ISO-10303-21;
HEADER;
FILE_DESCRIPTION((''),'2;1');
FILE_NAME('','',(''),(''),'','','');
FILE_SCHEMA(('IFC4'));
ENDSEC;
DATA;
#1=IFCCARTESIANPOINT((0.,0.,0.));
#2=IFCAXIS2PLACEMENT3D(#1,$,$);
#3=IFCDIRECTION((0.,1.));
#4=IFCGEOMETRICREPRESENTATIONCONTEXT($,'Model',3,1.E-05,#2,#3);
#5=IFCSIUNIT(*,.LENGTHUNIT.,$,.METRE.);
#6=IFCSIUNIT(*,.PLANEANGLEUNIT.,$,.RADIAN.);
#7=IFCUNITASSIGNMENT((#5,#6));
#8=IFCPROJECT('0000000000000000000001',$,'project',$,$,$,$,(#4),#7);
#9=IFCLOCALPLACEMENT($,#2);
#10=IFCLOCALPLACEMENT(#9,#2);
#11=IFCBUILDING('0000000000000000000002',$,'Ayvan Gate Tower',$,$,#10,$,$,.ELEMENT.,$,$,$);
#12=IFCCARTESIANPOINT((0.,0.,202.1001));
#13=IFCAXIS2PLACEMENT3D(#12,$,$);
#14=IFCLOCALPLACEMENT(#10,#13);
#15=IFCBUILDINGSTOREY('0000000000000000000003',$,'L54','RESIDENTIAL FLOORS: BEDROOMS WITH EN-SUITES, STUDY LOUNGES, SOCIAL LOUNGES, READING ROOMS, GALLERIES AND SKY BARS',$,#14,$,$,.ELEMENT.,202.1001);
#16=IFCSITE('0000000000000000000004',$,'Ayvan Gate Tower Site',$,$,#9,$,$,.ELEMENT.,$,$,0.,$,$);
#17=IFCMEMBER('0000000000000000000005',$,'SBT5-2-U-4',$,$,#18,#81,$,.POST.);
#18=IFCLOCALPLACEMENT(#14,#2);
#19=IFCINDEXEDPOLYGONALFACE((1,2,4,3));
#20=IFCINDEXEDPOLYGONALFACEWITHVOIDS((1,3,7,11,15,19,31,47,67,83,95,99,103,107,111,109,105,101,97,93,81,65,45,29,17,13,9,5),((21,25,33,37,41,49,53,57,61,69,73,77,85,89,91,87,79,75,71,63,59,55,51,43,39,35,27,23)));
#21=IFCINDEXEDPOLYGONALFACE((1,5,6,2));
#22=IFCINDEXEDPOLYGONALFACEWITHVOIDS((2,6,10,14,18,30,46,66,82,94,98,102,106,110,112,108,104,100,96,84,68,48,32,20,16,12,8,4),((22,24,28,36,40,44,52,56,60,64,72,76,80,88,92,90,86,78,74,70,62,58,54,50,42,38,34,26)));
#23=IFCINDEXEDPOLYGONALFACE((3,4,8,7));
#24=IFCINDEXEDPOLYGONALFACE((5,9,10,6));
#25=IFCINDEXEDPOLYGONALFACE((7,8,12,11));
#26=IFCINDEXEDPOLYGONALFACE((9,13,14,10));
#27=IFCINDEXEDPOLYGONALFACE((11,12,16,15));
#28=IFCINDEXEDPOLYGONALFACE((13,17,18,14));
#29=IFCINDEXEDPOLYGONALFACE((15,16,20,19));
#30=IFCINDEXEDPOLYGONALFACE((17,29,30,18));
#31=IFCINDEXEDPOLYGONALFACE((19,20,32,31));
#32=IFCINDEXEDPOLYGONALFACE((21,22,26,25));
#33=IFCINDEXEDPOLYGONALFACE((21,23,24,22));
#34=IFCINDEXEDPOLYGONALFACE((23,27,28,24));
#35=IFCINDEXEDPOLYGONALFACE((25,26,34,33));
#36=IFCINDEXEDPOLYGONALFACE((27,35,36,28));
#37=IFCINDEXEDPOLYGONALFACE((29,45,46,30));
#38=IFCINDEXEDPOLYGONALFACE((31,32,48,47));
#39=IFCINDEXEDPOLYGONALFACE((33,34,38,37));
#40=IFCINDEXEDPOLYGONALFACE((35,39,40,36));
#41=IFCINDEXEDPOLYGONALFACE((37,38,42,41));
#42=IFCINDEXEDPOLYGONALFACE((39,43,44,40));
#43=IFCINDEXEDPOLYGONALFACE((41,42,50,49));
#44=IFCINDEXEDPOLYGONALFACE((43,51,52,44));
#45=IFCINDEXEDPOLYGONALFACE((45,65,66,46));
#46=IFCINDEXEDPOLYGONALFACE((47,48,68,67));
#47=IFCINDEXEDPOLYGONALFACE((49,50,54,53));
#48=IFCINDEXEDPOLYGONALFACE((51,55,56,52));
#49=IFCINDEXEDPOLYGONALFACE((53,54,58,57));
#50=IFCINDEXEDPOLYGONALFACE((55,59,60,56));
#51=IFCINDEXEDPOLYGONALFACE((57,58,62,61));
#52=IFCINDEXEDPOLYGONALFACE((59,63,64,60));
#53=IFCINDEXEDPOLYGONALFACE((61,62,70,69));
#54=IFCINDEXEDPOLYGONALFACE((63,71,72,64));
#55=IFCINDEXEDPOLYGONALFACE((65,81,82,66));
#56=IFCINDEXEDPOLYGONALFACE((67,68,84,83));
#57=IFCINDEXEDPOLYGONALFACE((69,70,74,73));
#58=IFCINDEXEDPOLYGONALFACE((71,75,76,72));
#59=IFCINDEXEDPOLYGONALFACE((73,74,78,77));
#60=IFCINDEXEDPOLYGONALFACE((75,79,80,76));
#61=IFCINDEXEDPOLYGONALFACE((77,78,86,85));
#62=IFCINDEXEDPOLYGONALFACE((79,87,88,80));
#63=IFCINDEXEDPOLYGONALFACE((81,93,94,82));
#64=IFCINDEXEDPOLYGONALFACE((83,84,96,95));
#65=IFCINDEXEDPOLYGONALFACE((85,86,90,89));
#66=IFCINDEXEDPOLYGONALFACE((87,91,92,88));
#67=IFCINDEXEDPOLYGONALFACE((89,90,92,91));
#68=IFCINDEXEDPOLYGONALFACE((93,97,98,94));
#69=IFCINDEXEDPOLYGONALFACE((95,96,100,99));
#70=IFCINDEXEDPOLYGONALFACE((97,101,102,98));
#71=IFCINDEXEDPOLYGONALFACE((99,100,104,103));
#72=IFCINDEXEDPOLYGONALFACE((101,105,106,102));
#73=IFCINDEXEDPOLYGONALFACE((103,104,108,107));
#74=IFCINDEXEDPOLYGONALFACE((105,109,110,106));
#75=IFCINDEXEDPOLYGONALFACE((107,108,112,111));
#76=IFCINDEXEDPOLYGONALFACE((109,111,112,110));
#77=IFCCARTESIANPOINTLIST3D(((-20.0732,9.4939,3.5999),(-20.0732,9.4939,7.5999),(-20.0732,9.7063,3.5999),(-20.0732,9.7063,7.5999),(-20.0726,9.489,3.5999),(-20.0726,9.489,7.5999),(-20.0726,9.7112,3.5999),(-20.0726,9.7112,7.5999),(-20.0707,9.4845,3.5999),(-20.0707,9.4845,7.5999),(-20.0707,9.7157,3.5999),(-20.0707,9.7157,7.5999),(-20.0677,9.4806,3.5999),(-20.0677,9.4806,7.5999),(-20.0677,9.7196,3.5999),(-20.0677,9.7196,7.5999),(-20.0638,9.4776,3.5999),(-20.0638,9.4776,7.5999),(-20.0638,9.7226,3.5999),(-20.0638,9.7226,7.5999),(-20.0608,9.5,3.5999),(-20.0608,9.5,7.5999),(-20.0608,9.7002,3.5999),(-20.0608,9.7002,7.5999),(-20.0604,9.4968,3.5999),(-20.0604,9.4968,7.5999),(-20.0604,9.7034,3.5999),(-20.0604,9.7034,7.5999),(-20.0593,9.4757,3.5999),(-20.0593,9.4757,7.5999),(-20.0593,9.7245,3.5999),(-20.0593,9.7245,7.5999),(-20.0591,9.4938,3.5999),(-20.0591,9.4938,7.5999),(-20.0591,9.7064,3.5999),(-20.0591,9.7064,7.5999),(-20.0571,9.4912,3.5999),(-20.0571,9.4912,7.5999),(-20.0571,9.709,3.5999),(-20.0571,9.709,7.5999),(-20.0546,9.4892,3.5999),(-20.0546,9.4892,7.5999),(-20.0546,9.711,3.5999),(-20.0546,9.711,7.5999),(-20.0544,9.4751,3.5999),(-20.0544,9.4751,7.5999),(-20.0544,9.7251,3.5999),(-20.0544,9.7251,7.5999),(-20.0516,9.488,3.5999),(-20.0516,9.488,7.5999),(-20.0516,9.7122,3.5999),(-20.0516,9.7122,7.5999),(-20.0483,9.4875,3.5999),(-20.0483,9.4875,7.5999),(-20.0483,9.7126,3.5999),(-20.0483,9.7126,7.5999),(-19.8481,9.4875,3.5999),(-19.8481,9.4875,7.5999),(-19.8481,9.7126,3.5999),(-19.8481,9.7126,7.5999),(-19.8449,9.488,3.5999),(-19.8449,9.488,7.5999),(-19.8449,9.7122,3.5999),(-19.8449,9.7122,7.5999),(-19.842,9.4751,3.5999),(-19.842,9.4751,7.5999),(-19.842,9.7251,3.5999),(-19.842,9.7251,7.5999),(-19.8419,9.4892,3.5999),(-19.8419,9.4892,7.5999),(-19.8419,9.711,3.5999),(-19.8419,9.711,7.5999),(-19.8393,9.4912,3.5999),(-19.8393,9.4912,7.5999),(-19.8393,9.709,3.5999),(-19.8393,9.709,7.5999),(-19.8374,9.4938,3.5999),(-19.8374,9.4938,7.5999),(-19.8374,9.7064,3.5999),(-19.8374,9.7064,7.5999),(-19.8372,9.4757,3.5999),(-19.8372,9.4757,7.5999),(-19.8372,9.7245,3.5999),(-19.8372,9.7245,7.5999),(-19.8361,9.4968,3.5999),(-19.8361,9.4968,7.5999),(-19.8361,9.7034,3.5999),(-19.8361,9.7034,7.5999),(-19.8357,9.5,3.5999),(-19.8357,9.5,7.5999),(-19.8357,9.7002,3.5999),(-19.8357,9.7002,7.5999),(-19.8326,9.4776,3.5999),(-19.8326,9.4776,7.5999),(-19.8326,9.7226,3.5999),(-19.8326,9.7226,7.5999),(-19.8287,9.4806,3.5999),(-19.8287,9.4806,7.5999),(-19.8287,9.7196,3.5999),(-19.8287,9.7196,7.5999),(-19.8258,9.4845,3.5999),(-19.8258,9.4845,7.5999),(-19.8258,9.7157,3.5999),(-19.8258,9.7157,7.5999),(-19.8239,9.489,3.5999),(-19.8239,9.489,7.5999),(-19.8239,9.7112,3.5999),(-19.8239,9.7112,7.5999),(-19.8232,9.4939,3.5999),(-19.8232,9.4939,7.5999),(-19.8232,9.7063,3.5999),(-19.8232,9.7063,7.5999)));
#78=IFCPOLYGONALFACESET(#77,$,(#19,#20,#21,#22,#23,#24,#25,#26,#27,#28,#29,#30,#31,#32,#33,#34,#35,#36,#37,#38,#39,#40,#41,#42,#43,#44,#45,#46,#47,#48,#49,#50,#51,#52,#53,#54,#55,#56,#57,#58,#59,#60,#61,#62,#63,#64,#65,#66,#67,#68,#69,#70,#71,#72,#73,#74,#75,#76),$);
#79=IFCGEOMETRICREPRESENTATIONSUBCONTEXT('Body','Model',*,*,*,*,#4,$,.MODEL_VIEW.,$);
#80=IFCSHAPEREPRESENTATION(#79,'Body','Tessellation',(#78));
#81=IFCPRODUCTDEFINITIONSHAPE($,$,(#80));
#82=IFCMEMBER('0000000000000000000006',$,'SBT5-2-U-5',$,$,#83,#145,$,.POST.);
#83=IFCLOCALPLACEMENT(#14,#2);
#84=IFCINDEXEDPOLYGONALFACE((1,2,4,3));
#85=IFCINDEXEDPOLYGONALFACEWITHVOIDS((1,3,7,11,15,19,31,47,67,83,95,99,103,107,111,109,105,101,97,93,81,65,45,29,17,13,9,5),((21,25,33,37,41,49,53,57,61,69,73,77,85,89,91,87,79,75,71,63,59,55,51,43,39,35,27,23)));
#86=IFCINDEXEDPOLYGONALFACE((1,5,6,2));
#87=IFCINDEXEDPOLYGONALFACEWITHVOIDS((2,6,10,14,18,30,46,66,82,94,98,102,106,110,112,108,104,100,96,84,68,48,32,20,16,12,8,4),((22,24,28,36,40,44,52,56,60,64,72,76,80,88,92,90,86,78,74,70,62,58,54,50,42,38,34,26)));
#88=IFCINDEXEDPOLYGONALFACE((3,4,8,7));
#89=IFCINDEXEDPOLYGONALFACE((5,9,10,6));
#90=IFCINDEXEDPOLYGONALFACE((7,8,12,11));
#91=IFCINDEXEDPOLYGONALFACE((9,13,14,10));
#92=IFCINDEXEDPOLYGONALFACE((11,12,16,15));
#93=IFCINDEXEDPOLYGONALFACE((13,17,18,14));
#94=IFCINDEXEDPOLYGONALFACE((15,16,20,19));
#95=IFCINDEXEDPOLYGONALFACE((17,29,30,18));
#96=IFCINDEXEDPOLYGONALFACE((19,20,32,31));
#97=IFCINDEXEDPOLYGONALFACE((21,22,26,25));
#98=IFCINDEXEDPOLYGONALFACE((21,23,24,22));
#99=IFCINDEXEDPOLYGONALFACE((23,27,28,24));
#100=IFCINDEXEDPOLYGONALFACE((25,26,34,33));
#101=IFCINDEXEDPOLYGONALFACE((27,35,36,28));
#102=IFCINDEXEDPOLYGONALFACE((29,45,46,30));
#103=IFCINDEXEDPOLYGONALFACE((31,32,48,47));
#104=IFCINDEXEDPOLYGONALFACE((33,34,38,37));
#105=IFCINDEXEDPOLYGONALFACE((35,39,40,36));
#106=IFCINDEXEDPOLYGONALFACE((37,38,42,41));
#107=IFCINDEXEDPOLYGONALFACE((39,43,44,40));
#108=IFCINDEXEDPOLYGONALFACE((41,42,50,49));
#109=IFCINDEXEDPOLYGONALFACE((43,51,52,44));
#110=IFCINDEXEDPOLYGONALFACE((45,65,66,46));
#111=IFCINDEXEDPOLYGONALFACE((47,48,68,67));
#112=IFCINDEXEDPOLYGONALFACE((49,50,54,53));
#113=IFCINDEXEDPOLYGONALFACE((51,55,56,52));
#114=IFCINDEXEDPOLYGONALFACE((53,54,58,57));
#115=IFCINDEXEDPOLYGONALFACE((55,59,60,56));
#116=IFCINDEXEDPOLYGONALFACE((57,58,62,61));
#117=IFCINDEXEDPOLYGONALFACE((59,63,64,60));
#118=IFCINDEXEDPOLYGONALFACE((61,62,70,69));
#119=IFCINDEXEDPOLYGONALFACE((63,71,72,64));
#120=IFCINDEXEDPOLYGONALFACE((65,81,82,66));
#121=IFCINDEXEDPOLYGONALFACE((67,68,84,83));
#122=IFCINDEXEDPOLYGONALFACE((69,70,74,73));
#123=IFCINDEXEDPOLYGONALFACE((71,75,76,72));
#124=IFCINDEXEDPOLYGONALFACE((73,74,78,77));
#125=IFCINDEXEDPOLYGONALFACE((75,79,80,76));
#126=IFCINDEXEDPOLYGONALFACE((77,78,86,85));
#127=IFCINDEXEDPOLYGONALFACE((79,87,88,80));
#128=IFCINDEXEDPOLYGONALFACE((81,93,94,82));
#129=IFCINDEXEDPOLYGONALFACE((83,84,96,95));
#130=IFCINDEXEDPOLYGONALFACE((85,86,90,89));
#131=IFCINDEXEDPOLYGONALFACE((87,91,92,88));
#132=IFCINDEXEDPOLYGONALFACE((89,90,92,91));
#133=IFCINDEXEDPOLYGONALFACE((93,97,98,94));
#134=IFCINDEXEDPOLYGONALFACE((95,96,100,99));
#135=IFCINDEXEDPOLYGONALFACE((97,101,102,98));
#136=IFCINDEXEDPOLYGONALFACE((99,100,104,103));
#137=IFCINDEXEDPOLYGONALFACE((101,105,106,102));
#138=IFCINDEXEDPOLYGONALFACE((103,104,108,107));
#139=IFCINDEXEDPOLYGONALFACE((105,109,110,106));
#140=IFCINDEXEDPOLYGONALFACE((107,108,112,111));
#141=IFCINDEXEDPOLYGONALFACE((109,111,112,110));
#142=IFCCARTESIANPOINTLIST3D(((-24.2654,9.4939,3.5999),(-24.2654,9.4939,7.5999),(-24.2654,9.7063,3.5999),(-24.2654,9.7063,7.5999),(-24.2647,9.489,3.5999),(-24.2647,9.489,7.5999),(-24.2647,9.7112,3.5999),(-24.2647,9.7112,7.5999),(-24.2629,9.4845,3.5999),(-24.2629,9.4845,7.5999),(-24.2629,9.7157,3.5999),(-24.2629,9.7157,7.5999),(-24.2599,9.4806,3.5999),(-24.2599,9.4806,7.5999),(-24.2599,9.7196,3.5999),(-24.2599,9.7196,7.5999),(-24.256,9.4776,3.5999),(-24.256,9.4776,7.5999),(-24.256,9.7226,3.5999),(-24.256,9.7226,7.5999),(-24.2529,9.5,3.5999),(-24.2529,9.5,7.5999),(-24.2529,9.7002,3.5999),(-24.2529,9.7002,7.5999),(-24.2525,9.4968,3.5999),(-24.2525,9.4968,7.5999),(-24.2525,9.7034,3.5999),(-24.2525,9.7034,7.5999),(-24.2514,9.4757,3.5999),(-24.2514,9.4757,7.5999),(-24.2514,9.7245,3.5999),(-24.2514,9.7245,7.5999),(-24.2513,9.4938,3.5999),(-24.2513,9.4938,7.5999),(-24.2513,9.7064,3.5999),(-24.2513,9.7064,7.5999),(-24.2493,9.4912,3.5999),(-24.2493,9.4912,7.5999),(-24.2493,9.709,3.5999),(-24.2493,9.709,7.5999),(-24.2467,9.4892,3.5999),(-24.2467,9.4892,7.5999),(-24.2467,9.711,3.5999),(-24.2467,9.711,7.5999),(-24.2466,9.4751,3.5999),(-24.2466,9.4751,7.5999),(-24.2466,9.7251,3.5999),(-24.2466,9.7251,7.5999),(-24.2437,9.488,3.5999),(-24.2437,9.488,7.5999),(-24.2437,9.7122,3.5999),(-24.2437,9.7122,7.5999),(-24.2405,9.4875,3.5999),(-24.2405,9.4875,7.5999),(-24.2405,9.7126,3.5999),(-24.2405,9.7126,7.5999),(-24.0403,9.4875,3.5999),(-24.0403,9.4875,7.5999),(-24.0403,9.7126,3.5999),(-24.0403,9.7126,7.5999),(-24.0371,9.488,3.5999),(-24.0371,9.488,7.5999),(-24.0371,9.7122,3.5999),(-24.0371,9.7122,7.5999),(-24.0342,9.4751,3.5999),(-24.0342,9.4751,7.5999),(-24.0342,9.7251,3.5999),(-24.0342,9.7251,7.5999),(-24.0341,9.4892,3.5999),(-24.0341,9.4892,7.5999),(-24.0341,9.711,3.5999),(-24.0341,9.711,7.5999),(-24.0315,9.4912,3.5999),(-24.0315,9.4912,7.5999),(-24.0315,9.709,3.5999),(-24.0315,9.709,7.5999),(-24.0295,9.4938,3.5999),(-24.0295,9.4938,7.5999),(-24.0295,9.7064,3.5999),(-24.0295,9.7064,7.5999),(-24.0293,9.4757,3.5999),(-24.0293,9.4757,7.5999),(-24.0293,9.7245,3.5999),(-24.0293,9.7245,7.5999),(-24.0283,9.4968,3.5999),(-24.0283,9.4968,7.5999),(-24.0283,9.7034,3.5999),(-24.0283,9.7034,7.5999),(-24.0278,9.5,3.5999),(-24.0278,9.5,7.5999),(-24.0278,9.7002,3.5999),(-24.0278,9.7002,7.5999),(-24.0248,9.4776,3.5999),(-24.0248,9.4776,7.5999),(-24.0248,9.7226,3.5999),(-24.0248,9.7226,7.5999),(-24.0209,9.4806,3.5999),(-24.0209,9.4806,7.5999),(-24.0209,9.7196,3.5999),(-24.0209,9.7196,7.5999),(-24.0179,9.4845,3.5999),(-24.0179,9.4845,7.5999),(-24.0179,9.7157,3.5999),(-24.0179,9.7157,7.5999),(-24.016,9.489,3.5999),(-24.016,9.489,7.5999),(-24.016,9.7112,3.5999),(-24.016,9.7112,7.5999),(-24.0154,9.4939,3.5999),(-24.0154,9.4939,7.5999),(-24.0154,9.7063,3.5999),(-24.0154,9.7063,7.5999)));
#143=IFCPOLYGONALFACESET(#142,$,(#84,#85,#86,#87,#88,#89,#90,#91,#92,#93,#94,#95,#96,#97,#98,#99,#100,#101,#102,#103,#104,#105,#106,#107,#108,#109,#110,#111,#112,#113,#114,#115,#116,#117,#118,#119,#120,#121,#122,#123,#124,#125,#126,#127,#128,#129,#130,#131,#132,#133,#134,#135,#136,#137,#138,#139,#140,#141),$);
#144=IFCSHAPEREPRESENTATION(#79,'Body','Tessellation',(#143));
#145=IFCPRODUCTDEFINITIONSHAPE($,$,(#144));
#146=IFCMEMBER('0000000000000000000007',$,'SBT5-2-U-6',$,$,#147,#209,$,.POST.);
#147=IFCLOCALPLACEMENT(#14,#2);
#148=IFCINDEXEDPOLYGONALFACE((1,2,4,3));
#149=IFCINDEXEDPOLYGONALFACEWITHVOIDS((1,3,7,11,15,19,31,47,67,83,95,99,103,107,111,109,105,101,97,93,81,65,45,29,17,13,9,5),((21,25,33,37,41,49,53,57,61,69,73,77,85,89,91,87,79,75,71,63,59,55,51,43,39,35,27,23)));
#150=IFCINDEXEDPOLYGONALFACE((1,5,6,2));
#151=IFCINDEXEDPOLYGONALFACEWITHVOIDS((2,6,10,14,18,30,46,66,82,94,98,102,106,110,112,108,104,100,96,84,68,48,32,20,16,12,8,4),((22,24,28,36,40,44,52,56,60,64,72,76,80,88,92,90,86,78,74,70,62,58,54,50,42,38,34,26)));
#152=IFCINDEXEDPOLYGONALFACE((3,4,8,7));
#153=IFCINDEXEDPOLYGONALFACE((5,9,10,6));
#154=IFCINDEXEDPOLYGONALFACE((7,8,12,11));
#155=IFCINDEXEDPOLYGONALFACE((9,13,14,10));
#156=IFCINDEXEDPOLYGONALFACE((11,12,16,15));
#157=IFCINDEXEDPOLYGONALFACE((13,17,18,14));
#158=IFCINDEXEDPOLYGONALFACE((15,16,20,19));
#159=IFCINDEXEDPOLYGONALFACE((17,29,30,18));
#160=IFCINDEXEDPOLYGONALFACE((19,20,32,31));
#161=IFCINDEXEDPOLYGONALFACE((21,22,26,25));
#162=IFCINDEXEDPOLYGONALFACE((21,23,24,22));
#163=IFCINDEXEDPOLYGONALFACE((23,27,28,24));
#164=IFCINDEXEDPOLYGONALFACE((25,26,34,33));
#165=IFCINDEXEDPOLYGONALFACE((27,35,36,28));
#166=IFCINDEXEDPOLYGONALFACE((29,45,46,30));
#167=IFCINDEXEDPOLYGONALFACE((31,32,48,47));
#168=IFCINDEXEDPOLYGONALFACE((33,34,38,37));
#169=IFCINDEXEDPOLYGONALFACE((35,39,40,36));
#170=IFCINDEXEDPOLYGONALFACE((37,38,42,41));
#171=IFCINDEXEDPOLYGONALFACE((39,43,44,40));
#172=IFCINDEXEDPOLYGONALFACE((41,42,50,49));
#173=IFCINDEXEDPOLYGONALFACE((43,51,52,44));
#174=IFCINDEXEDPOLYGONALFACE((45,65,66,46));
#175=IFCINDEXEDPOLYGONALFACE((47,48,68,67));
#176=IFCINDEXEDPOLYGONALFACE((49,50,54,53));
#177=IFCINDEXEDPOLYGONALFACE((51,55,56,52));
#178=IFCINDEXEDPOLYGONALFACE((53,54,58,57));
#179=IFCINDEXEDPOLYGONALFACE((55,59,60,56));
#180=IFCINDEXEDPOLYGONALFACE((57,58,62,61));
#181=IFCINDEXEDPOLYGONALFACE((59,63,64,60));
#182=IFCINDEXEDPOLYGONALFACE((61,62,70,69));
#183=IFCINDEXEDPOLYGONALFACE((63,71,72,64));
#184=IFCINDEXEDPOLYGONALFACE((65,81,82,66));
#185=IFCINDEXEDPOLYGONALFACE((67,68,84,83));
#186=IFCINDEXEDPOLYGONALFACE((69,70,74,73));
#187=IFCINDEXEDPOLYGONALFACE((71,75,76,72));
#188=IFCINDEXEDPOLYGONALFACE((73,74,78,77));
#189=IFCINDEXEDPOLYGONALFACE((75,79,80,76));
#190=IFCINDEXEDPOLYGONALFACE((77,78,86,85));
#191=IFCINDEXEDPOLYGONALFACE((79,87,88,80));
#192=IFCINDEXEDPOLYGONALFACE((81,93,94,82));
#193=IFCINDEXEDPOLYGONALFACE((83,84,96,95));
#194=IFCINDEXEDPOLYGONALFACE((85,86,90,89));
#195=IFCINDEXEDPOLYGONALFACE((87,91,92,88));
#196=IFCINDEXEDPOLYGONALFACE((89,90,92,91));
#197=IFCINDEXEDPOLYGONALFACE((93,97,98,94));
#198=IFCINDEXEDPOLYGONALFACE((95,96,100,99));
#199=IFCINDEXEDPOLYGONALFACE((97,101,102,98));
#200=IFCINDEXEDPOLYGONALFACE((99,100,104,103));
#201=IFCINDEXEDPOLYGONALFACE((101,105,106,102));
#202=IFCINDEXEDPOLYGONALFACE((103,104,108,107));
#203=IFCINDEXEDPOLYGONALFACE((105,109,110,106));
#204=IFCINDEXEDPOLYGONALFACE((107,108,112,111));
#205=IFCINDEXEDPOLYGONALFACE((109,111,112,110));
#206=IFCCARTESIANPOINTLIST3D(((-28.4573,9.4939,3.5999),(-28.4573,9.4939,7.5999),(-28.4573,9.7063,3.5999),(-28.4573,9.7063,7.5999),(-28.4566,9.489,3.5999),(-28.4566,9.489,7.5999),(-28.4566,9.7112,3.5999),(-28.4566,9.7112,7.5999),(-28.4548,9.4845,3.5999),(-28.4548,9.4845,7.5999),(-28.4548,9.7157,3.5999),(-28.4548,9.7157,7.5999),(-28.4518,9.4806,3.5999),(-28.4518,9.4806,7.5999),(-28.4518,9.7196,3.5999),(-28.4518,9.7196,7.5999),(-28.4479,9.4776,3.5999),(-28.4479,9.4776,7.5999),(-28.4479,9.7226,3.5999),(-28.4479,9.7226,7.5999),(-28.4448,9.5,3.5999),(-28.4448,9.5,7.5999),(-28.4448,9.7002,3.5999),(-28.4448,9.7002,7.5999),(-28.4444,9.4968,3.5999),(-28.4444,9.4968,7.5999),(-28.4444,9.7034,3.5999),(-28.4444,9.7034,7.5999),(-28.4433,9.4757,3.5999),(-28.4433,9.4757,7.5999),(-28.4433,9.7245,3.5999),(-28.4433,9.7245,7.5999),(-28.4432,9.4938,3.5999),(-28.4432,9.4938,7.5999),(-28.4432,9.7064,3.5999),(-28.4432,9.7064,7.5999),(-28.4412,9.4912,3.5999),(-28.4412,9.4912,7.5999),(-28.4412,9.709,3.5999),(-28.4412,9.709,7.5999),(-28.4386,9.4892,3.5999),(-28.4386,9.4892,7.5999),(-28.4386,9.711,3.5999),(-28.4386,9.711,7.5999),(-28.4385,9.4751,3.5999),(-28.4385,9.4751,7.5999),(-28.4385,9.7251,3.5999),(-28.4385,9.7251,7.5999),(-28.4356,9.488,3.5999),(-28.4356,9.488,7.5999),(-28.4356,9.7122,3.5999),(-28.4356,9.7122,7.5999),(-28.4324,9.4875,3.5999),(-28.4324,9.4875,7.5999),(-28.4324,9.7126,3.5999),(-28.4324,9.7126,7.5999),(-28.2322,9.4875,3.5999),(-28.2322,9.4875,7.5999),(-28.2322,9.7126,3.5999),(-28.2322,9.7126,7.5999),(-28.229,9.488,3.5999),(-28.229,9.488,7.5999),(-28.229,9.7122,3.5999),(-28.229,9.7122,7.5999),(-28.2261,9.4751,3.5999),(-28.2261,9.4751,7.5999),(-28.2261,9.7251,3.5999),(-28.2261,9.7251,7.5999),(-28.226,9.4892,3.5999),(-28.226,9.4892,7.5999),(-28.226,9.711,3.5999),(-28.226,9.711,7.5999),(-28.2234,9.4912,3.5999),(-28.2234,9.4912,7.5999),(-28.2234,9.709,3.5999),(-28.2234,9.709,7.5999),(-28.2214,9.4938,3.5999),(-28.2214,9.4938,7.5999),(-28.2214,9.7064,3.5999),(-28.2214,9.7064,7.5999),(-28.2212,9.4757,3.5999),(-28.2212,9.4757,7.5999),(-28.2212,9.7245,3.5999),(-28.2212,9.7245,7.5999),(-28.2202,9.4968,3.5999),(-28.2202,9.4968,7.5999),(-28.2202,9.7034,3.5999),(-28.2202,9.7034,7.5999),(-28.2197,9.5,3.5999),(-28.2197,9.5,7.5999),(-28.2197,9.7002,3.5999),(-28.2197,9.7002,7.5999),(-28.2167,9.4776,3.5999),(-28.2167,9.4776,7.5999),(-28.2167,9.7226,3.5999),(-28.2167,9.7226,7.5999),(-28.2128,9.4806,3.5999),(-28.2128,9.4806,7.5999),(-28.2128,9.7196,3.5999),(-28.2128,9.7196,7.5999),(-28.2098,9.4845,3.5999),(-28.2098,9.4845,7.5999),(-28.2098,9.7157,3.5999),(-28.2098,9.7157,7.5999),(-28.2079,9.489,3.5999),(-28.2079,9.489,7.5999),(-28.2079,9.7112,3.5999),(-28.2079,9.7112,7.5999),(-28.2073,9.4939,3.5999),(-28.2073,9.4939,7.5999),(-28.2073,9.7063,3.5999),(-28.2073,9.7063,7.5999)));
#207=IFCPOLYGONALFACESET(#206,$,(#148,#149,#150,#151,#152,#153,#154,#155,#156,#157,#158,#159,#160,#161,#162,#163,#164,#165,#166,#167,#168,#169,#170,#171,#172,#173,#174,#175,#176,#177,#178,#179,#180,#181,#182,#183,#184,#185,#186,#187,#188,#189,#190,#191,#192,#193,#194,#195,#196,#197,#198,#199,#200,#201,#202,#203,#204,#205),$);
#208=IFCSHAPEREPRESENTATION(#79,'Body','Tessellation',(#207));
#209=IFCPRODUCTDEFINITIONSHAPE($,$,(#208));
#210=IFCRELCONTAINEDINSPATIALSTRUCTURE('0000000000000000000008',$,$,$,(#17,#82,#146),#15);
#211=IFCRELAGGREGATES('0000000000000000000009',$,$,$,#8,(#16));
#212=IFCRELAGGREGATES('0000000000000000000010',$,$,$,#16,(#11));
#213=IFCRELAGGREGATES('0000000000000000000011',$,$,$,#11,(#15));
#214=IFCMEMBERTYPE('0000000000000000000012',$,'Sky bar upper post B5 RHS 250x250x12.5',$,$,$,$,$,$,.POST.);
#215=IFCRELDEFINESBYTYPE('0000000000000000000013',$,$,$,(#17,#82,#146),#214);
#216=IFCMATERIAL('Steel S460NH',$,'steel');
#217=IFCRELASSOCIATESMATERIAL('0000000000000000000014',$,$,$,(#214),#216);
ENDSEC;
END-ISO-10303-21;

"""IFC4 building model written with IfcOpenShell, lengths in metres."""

from ifc_helpers import new_model, si_unit, direction, frame, origin, origin_2d, place, context, subcontext, project, spatial, hollow_rectangle, extrude, material, material_profile, profile_set, type_object, element, save


model = new_model("IFC4")

# Units and contexts
model_context = context("Model", 3, precision=1e-05, world=origin(), true_north=direction((0.0, 1.0)))
body_context = subcontext(model_context, "Body", "Model", "MODEL_VIEW")
ifc_project = project(units=[si_unit("LENGTHUNIT", "METRE"), si_unit("PLANEANGLEUNIT", "RADIAN")], contexts=[model_context])

# Site, building, storey
site_placement = place(None, origin())
site = spatial("IfcSite", under=ifc_project, at=site_placement, Name="Ayvan Gate Tower Site", CompositionType="ELEMENT", RefElevation=0.0)
building_placement = place(site_placement, origin())
building = spatial("IfcBuilding", under=site, at=building_placement, Name="Ayvan Gate Tower", CompositionType="ELEMENT")
storey_placement = place(building_placement, frame((0.0, 0.0, 202.1001)))
storey = spatial("IfcBuildingStorey", under=building, at=storey_placement, Name="L54", Description="RESIDENTIAL FLOORS: BEDROOMS WITH EN-SUITES, STUDY LOUNGES, SOCIAL LOUNGES, READING ROOMS, GALLERIES AND SKY BARS", CompositionType="ELEMENT", Elevation=202.1001)

# Members
ifc_material_1 = material(Name="Steel S460NH", Category="steel")
ifc_material_profile_1 = material_profile(ifc_material_1, hollow_rectangle(XDim=0.25, YDim=0.25, WallThickness=0.0125, InnerFilletRadius=0.0125, OuterFilletRadius=0.0188, at=origin_2d()), Name="RHS 250x250x12.5")
ifc_profile_set_1 = profile_set([ifc_material_profile_1], Name="Steel S460NH")
member_type_1 = type_object("IfcMemberType", Name="Sky bar upper post B5 RHS 250x250x12.5", PredefinedType="POST", material=ifc_profile_set_1)
for number, where, z_axis, x_axis, name in (
    (1, (-19.9482, 9.6001, 3.5999), (0.0, 0.0, 1.0), (1.0, 0.0, 0.0), "SBT5-2-U-4"),
    (2, (-24.1404, 9.6001, 3.5999), (0.0, 0.0, 1.0), (1.0, 0.0, 0.0), "SBT5-2-U-5"),
    (3, (-28.3323, 9.6001, 3.5999), (0.0, 0.0, 1.0), (1.0, 0.0, 0.0), "SBT5-2-U-6"),
):
    element("IfcMember", number, at=place(storey_placement, frame(where, z_axis=z_axis, x_axis=x_axis)), inside=storey, type_object=member_type_1, Name=name, PredefinedType="POST", context=body_context, shape_type="SweptSolid", body=[
        extrude(hollow_rectangle(XDim=0.25, YDim=0.25, WallThickness=0.0125, InnerFilletRadius=0.0125, OuterFilletRadius=0.0188, at=origin_2d()), origin(), (0.0, 0.0, 1.0), 4.0),
    ])

save(model, "model.ifc")
